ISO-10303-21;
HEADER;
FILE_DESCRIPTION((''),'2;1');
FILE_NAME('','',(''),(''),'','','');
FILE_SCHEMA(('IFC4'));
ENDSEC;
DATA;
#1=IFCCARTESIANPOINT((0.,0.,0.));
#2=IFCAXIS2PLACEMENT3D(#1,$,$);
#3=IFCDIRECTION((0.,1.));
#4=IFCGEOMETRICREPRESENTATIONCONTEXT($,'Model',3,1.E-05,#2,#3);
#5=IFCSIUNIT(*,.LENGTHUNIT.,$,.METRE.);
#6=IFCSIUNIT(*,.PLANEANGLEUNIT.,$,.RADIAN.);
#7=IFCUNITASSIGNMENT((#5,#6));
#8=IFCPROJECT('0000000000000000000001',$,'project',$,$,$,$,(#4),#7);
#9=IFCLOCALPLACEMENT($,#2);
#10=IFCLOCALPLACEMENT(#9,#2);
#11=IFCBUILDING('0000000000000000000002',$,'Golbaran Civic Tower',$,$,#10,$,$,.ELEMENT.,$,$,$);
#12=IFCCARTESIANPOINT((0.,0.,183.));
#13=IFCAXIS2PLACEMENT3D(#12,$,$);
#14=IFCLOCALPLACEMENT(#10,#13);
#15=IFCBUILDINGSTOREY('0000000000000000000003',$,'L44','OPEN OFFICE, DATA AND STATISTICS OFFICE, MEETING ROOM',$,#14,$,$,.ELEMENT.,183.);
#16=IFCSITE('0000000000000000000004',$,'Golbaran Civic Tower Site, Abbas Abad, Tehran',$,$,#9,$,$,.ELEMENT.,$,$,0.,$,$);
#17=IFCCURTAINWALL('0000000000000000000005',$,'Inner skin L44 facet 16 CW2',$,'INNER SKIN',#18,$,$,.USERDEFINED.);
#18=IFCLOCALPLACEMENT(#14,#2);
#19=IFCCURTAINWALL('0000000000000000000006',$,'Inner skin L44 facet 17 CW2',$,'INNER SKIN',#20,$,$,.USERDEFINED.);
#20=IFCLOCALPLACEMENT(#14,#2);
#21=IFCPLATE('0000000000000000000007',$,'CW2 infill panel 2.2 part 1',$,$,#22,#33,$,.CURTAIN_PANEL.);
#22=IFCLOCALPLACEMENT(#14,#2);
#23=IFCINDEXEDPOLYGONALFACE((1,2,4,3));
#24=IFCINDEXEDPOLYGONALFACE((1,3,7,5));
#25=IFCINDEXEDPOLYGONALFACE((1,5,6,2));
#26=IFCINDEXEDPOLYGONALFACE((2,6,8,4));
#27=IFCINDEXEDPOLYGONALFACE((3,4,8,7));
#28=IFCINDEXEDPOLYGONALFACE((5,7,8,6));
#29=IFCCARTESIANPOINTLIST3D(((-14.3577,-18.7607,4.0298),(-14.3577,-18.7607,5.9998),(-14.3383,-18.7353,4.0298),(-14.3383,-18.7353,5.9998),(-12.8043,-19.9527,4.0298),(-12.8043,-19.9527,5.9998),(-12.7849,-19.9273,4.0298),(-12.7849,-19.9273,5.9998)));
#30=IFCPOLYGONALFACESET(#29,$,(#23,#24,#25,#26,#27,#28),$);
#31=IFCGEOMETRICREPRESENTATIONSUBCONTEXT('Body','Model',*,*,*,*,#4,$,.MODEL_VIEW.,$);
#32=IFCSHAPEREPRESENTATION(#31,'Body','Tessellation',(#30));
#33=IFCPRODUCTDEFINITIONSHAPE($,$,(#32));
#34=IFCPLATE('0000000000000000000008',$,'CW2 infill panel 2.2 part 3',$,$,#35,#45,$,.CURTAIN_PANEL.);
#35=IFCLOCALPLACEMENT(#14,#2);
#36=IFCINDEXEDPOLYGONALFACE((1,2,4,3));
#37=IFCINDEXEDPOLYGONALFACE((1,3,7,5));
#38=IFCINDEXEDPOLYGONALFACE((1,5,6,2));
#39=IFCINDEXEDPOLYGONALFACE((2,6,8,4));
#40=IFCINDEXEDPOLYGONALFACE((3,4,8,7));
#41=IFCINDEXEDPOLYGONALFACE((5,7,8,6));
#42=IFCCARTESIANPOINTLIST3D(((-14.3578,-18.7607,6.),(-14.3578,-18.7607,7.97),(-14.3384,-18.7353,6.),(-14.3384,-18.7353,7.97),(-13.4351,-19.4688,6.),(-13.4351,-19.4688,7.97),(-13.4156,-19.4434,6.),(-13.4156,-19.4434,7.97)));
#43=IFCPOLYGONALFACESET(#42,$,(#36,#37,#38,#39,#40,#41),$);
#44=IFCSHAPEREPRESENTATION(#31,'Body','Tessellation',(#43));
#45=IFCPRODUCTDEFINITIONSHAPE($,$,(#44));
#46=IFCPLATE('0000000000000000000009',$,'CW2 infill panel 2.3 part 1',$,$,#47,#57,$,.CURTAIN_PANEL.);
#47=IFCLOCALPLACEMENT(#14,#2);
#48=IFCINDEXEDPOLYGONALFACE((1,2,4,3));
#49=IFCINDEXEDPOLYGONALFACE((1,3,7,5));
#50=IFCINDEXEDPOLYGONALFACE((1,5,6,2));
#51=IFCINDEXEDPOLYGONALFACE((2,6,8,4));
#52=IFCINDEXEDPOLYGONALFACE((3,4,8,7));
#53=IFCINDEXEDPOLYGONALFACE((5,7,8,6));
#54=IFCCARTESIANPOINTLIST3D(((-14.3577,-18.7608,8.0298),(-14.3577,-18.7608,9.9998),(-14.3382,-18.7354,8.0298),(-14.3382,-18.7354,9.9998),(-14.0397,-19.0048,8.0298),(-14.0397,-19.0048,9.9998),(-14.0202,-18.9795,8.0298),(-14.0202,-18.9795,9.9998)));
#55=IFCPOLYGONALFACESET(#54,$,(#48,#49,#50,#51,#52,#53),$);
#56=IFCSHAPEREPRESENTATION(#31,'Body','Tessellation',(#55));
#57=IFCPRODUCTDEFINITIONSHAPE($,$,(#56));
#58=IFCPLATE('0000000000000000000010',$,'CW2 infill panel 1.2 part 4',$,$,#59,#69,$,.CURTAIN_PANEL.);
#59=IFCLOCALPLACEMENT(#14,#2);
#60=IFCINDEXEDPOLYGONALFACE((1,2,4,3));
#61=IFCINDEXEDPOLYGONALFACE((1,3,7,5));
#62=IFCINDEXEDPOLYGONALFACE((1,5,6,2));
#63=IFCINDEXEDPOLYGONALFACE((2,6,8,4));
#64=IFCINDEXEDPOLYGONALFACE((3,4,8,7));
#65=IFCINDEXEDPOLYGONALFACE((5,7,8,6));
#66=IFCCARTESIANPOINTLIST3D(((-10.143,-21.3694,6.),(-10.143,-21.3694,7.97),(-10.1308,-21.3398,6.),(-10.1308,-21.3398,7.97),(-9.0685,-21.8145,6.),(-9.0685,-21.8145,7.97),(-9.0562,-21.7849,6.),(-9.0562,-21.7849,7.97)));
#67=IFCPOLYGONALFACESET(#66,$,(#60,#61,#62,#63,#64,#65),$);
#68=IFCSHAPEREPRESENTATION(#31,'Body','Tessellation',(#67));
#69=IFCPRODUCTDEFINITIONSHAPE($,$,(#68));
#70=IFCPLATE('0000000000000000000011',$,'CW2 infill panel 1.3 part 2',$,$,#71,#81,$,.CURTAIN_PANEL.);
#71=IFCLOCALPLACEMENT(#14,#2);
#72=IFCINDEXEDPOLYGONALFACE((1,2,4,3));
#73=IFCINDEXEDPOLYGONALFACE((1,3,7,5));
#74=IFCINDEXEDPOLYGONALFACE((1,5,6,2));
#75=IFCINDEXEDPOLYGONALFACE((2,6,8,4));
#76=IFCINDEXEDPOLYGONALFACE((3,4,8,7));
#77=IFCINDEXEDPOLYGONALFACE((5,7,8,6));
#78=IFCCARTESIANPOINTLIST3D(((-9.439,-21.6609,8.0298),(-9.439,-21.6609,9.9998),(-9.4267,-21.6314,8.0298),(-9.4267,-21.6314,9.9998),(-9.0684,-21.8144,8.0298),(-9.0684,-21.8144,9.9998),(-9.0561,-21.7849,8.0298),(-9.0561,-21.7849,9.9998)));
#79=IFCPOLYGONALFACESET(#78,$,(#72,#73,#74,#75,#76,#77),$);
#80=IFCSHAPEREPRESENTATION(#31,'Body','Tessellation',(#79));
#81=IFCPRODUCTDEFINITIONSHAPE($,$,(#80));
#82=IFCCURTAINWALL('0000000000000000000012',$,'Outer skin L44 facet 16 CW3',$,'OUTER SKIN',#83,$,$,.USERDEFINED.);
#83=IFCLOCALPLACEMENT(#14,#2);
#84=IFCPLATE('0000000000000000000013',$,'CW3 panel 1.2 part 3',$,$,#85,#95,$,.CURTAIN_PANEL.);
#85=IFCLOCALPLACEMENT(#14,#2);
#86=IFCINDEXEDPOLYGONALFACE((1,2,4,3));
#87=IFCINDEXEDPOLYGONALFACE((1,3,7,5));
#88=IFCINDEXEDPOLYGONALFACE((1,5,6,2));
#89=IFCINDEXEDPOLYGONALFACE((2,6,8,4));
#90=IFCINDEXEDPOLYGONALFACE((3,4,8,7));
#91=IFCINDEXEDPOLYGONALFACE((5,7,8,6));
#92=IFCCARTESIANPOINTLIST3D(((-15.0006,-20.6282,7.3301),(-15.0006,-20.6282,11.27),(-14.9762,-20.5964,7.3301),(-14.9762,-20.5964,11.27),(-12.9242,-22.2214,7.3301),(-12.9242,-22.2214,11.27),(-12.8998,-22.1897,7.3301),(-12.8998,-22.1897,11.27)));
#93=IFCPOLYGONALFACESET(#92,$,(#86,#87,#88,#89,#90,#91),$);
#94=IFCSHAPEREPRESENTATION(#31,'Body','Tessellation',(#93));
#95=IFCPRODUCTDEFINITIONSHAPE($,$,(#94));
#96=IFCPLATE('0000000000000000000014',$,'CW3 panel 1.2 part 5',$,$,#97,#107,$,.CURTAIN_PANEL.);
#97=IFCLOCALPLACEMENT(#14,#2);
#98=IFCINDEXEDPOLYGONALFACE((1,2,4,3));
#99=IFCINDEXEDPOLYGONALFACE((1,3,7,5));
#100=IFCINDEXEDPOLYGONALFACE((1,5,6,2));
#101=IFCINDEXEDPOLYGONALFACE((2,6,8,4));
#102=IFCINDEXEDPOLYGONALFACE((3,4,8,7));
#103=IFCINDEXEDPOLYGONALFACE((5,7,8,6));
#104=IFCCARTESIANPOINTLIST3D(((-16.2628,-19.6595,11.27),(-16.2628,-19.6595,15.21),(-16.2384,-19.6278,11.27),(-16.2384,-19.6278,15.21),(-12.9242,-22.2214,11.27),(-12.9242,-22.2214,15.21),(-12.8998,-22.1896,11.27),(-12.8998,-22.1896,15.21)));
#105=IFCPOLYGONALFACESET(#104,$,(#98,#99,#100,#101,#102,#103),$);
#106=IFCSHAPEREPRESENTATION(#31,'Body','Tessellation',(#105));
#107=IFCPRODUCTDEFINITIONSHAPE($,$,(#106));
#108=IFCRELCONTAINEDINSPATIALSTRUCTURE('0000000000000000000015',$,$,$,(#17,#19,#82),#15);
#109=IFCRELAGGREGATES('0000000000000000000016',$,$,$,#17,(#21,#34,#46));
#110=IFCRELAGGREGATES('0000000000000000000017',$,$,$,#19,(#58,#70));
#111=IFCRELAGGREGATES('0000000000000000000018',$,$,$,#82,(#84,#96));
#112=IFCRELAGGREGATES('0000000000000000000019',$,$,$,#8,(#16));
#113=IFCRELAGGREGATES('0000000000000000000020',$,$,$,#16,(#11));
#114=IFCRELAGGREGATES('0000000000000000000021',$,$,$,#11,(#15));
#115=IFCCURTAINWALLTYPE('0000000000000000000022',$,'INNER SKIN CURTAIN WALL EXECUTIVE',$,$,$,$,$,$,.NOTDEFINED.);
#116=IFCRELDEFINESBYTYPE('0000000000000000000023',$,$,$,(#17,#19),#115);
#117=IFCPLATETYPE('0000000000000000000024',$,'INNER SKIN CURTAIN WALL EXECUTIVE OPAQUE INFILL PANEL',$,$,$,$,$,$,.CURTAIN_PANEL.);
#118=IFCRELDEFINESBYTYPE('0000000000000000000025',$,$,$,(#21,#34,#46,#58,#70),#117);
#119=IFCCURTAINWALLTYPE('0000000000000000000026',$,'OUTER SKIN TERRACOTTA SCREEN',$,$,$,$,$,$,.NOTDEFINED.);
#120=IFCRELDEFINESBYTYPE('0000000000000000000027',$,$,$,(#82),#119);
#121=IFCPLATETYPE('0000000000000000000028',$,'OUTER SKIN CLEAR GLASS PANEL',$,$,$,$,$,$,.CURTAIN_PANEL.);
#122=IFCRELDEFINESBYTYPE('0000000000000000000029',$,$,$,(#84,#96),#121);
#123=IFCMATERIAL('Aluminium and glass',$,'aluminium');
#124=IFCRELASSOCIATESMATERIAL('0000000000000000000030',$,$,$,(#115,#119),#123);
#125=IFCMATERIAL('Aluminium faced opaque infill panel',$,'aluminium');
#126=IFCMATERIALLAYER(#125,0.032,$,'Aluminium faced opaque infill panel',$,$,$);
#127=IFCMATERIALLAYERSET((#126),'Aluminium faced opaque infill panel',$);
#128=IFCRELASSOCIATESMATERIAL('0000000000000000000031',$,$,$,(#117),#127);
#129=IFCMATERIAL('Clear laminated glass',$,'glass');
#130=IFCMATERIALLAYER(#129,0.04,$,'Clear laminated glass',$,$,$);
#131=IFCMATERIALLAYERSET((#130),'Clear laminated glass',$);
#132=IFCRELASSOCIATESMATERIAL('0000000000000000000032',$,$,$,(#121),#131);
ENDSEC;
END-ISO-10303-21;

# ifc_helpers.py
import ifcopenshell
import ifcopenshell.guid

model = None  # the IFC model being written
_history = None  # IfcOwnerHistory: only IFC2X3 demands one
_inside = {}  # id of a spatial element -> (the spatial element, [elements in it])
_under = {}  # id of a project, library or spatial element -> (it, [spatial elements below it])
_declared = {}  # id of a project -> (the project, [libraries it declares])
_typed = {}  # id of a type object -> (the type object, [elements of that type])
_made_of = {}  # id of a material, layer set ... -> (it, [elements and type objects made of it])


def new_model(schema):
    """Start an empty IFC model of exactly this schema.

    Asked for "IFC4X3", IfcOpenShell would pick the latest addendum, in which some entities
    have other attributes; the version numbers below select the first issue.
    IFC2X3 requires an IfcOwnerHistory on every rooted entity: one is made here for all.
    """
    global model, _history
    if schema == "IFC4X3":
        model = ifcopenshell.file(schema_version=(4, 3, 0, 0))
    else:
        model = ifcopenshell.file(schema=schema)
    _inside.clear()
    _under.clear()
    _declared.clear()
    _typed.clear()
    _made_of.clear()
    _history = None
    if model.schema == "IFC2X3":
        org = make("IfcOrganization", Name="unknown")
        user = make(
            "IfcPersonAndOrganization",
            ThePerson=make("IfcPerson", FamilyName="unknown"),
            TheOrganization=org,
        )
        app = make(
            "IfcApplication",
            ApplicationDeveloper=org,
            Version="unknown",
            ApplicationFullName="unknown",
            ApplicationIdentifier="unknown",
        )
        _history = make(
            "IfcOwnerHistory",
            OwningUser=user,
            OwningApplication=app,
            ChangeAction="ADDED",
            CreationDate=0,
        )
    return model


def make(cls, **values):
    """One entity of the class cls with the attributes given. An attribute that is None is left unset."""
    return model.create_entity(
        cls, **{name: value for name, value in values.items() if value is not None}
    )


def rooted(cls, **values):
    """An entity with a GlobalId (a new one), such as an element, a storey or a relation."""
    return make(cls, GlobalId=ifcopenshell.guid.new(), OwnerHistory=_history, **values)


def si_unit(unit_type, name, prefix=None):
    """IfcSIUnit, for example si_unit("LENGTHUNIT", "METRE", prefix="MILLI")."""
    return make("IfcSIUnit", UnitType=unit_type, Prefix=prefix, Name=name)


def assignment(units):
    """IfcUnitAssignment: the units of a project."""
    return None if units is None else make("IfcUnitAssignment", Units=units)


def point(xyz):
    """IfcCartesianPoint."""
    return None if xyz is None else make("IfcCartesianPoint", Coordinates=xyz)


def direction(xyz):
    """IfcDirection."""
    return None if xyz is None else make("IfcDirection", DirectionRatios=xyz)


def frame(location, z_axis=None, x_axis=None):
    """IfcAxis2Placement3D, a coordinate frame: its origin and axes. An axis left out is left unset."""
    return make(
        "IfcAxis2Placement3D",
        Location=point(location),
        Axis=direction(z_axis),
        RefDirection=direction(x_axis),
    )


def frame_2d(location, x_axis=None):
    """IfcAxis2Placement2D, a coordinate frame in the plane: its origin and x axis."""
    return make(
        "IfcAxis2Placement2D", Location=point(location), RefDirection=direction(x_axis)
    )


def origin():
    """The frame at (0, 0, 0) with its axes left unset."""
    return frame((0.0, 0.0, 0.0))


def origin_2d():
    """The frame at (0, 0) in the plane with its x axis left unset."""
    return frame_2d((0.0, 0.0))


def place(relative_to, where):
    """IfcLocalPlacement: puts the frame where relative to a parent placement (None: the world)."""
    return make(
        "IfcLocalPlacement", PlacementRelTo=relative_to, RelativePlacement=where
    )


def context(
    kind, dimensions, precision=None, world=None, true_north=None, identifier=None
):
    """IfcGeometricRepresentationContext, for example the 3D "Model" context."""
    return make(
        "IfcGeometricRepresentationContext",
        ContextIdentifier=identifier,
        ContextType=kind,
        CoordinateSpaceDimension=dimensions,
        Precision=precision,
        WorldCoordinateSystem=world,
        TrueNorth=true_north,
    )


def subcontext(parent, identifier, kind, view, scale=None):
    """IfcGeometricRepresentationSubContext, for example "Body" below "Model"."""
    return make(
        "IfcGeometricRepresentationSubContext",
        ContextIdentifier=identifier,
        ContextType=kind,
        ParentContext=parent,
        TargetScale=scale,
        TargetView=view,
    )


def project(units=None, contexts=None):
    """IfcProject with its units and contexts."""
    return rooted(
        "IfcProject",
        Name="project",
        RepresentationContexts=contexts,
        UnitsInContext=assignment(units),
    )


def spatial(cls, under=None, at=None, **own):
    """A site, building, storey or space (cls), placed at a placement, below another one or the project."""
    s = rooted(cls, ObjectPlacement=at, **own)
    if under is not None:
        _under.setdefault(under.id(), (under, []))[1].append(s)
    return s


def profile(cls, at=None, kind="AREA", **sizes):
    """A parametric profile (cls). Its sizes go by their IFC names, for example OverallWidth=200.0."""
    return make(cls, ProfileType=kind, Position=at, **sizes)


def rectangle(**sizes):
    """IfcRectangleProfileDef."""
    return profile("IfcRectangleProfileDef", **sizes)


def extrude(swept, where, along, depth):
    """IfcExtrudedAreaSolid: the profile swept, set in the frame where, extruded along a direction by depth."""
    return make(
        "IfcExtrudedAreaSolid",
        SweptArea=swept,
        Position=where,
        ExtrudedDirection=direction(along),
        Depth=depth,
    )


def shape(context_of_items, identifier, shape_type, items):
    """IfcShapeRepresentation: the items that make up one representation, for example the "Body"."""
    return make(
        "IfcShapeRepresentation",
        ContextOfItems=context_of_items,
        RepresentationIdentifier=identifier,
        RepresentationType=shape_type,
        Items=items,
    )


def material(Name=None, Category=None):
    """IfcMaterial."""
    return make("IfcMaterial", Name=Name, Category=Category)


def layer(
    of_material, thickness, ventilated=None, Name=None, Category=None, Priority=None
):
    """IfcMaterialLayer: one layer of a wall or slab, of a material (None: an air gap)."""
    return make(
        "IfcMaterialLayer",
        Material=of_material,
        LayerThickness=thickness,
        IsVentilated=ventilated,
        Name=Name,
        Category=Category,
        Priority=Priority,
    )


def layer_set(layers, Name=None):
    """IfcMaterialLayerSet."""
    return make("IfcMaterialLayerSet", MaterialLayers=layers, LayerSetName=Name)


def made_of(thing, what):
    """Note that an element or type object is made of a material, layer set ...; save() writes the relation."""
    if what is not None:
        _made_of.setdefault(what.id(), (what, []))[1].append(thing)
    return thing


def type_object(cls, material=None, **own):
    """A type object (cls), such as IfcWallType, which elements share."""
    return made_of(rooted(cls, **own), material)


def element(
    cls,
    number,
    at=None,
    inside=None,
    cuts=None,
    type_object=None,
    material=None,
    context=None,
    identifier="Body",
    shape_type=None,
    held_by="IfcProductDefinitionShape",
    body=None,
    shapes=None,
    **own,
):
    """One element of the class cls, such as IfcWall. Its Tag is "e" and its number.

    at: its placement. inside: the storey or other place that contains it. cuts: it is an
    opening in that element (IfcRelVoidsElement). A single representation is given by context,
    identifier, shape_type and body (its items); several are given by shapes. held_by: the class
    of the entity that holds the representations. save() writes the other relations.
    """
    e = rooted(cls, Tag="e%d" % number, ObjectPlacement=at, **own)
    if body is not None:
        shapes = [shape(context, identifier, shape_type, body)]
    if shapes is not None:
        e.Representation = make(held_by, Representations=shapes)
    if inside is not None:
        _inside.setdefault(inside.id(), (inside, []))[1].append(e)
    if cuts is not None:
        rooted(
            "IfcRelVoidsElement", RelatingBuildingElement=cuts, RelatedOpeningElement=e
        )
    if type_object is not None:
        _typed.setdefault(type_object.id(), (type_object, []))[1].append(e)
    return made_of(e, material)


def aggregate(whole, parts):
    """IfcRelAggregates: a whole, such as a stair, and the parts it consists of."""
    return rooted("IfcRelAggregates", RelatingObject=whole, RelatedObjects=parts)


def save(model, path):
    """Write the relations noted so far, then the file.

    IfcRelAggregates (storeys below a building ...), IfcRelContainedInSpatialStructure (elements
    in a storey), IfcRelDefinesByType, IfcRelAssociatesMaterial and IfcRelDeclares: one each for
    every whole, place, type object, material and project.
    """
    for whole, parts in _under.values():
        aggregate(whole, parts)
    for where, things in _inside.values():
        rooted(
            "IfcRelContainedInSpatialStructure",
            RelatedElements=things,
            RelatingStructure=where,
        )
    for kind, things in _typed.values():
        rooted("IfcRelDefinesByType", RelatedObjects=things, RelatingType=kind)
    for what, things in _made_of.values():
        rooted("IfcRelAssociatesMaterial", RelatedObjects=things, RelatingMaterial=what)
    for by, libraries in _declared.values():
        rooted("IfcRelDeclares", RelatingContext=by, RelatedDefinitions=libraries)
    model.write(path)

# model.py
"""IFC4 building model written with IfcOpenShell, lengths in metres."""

from ifc_helpers import new_model, si_unit, direction, frame, origin, origin_2d, place, context, subcontext, project, spatial, rectangle, extrude, material, layer, layer_set, type_object, element, aggregate, save


model = new_model("IFC4")

# Units and contexts
model_context = context("Model", 3, precision=1e-05, world=origin(), true_north=direction((0.0, 1.0)))
body_context = subcontext(model_context, "Body", "Model", "MODEL_VIEW")
ifc_project = project(units=[si_unit("LENGTHUNIT", "METRE"), si_unit("PLANEANGLEUNIT", "RADIAN")], contexts=[model_context])

# Site, building, storey
site_placement = place(None, origin())
site = spatial("IfcSite", under=ifc_project, at=site_placement, Name="Golbaran Civic Tower Site, Abbas Abad, Tehran", CompositionType="ELEMENT", RefElevation=0.0)
building_placement = place(site_placement, origin())
building = spatial("IfcBuilding", under=site, at=building_placement, Name="Golbaran Civic Tower", CompositionType="ELEMENT")
storey_placement = place(building_placement, frame((0.0, 0.0, 183.0)))
storey = spatial("IfcBuildingStorey", under=building, at=storey_placement, Name="L44", Description="OPEN OFFICE, DATA AND STATISTICS OFFICE, MEETING ROOM", CompositionType="ELEMENT", Elevation=183.0)

# Curtain walls
ifc_material_1 = material(Name="Aluminium and glass", Category="aluminium")
curtain_wall_type_1 = type_object("IfcCurtainWallType", Name="INNER SKIN CURTAIN WALL EXECUTIVE", PredefinedType="NOTDEFINED", material=ifc_material_1)
curtain_wall_1_placement = place(storey_placement, origin())
curtain_wall_1 = element("IfcCurtainWall", 1, at=curtain_wall_1_placement, inside=storey, type_object=curtain_wall_type_1, Name="Inner skin L44 facet 16 CW2", ObjectType="INNER SKIN", PredefinedType="USERDEFINED")
curtain_wall_2_placement = place(storey_placement, origin())
curtain_wall_2 = element("IfcCurtainWall", 2, at=curtain_wall_2_placement, inside=storey, type_object=curtain_wall_type_1, Name="Inner skin L44 facet 17 CW2", ObjectType="INNER SKIN", PredefinedType="USERDEFINED")

# Plates
ifc_material_2 = material(Name="Aluminium faced opaque infill panel", Category="aluminium")
ifc_layer_1 = layer(ifc_material_2, 0.032, Name="Aluminium faced opaque infill panel")
ifc_layer_set_1 = layer_set([ifc_layer_1], Name="Aluminium faced opaque infill panel")
plate_type_1 = type_object("IfcPlateType", Name="INNER SKIN CURTAIN WALL EXECUTIVE OPAQUE INFILL PANEL", PredefinedType="CURTAIN_PANEL", material=ifc_layer_set_1)
plate_1_placement = place(storey_placement, frame((-13.5713, -19.344, 4.0298), z_axis=(0.0, 0.0, 1.0), x_axis=(0.793353, -0.608761, 0.0)))
plate_1 = element("IfcPlate", 3, at=plate_1_placement, type_object=plate_type_1, Name="CW2 infill panel 2.2 part 1", PredefinedType="CURTAIN_PANEL", context=body_context, shape_type="SweptSolid", body=[
    extrude(rectangle(XDim=1.958, YDim=0.032, at=origin_2d()), origin(), (0.0, 0.0, 1.0), 1.97),
])
plate_2_placement = place(storey_placement, frame((-13.8867, -19.1021, 6.0), z_axis=(0.0, 0.0, 1.0), x_axis=(0.793353, -0.608761, 0.0)))
plate_2 = element("IfcPlate", 4, at=plate_2_placement, type_object=plate_type_1, Name="CW2 infill panel 2.2 part 3", PredefinedType="CURTAIN_PANEL", context=body_context, shape_type="SweptSolid", body=[
    extrude(rectangle(XDim=1.1631, YDim=0.032, at=origin_2d()), origin(), (0.0, 0.0, 1.0), 1.97),
])
plate_3_placement = place(storey_placement, frame((-14.189, -18.8701, 8.0298), z_axis=(0.0, 0.0, 1.0), x_axis=(0.793353, -0.608761, 0.0)))
plate_3 = element("IfcPlate", 5, at=plate_3_placement, type_object=plate_type_1, Name="CW2 infill panel 2.3 part 1", PredefinedType="CURTAIN_PANEL", context=body_context, shape_type="SweptSolid", body=[
    extrude(rectangle(XDim=0.4009, YDim=0.032, at=origin_2d()), origin(), (0.0, 0.0, 1.0), 1.97),
])
aggregate(curtain_wall_1, [plate_1, plate_2, plate_3])
plate_4_placement = place(storey_placement, frame((-9.5996, -21.5771, 6.0), z_axis=(0.0, 0.0, 1.0), x_axis=(0.92388, -0.382683, 0.0)))
plate_4 = element("IfcPlate", 6, at=plate_4_placement, type_object=plate_type_1, Name="CW2 infill panel 1.2 part 4", PredefinedType="CURTAIN_PANEL", context=body_context, shape_type="SweptSolid", body=[
    extrude(rectangle(XDim=1.1631, YDim=0.032, at=origin_2d()), origin(), (0.0, 0.0, 1.0), 1.97),
])
plate_5_placement = place(storey_placement, frame((-9.2476, -21.7229, 8.0298), z_axis=(0.0, 0.0, 1.0), x_axis=(0.92388, -0.382683, 0.0)))
plate_5 = element("IfcPlate", 7, at=plate_5_placement, type_object=plate_type_1, Name="CW2 infill panel 1.3 part 2", PredefinedType="CURTAIN_PANEL", context=body_context, shape_type="SweptSolid", body=[
    extrude(rectangle(XDim=0.4011, YDim=0.032, at=origin_2d()), origin(), (0.0, 0.0, 1.0), 1.97),
])
aggregate(curtain_wall_2, [plate_4, plate_5])

# Curtain wall, plates
curtain_wall_type_2 = type_object("IfcCurtainWallType", Name="OUTER SKIN TERRACOTTA SCREEN", PredefinedType="NOTDEFINED", material=ifc_material_1)
curtain_wall_3_placement = place(storey_placement, origin())
curtain_wall_3 = element("IfcCurtainWall", 8, at=curtain_wall_3_placement, inside=storey, type_object=curtain_wall_type_2, Name="Outer skin L44 facet 16 CW3", ObjectType="OUTER SKIN", PredefinedType="USERDEFINED")
ifc_material_3 = material(Name="Clear laminated glass", Category="glass")
ifc_layer_2 = layer(ifc_material_3, 0.04, Name="Clear laminated glass")
ifc_layer_set_2 = layer_set([ifc_layer_2], Name="Clear laminated glass")
plate_type_2 = type_object("IfcPlateType", Name="OUTER SKIN CLEAR GLASS PANEL", PredefinedType="CURTAIN_PANEL", material=ifc_layer_set_2)
plate_6_placement = place(storey_placement, frame((-13.9502, -21.4089, 7.3301), z_axis=(0.0, 0.0, 1.0), x_axis=(0.793353, -0.608761, 0.0)))
plate_6 = element("IfcPlate", 9, at=plate_6_placement, type_object=plate_type_2, Name="CW3 panel 1.2 part 3", PredefinedType="CURTAIN_PANEL", context=body_context, shape_type="SweptSolid", body=[
    extrude(rectangle(XDim=2.6172, YDim=0.04, at=origin_2d()), origin(), (0.0, 0.0, 1.0), 3.9399),
])
plate_7_placement = place(storey_placement, frame((-14.5813, -20.9246, 11.27), z_axis=(0.0, 0.0, 1.0), x_axis=(0.793353, -0.608761, 0.0)))
plate_7 = element("IfcPlate", 10, at=plate_7_placement, type_object=plate_type_2, Name="CW3 panel 1.2 part 5", PredefinedType="CURTAIN_PANEL", context=body_context, shape_type="SweptSolid", body=[
    extrude(rectangle(XDim=4.2083, YDim=0.04, at=origin_2d()), origin(), (0.0, 0.0, 1.0), 3.9399),
])
aggregate(curtain_wall_3, [plate_6, plate_7])

save(model, "model.ifc")
